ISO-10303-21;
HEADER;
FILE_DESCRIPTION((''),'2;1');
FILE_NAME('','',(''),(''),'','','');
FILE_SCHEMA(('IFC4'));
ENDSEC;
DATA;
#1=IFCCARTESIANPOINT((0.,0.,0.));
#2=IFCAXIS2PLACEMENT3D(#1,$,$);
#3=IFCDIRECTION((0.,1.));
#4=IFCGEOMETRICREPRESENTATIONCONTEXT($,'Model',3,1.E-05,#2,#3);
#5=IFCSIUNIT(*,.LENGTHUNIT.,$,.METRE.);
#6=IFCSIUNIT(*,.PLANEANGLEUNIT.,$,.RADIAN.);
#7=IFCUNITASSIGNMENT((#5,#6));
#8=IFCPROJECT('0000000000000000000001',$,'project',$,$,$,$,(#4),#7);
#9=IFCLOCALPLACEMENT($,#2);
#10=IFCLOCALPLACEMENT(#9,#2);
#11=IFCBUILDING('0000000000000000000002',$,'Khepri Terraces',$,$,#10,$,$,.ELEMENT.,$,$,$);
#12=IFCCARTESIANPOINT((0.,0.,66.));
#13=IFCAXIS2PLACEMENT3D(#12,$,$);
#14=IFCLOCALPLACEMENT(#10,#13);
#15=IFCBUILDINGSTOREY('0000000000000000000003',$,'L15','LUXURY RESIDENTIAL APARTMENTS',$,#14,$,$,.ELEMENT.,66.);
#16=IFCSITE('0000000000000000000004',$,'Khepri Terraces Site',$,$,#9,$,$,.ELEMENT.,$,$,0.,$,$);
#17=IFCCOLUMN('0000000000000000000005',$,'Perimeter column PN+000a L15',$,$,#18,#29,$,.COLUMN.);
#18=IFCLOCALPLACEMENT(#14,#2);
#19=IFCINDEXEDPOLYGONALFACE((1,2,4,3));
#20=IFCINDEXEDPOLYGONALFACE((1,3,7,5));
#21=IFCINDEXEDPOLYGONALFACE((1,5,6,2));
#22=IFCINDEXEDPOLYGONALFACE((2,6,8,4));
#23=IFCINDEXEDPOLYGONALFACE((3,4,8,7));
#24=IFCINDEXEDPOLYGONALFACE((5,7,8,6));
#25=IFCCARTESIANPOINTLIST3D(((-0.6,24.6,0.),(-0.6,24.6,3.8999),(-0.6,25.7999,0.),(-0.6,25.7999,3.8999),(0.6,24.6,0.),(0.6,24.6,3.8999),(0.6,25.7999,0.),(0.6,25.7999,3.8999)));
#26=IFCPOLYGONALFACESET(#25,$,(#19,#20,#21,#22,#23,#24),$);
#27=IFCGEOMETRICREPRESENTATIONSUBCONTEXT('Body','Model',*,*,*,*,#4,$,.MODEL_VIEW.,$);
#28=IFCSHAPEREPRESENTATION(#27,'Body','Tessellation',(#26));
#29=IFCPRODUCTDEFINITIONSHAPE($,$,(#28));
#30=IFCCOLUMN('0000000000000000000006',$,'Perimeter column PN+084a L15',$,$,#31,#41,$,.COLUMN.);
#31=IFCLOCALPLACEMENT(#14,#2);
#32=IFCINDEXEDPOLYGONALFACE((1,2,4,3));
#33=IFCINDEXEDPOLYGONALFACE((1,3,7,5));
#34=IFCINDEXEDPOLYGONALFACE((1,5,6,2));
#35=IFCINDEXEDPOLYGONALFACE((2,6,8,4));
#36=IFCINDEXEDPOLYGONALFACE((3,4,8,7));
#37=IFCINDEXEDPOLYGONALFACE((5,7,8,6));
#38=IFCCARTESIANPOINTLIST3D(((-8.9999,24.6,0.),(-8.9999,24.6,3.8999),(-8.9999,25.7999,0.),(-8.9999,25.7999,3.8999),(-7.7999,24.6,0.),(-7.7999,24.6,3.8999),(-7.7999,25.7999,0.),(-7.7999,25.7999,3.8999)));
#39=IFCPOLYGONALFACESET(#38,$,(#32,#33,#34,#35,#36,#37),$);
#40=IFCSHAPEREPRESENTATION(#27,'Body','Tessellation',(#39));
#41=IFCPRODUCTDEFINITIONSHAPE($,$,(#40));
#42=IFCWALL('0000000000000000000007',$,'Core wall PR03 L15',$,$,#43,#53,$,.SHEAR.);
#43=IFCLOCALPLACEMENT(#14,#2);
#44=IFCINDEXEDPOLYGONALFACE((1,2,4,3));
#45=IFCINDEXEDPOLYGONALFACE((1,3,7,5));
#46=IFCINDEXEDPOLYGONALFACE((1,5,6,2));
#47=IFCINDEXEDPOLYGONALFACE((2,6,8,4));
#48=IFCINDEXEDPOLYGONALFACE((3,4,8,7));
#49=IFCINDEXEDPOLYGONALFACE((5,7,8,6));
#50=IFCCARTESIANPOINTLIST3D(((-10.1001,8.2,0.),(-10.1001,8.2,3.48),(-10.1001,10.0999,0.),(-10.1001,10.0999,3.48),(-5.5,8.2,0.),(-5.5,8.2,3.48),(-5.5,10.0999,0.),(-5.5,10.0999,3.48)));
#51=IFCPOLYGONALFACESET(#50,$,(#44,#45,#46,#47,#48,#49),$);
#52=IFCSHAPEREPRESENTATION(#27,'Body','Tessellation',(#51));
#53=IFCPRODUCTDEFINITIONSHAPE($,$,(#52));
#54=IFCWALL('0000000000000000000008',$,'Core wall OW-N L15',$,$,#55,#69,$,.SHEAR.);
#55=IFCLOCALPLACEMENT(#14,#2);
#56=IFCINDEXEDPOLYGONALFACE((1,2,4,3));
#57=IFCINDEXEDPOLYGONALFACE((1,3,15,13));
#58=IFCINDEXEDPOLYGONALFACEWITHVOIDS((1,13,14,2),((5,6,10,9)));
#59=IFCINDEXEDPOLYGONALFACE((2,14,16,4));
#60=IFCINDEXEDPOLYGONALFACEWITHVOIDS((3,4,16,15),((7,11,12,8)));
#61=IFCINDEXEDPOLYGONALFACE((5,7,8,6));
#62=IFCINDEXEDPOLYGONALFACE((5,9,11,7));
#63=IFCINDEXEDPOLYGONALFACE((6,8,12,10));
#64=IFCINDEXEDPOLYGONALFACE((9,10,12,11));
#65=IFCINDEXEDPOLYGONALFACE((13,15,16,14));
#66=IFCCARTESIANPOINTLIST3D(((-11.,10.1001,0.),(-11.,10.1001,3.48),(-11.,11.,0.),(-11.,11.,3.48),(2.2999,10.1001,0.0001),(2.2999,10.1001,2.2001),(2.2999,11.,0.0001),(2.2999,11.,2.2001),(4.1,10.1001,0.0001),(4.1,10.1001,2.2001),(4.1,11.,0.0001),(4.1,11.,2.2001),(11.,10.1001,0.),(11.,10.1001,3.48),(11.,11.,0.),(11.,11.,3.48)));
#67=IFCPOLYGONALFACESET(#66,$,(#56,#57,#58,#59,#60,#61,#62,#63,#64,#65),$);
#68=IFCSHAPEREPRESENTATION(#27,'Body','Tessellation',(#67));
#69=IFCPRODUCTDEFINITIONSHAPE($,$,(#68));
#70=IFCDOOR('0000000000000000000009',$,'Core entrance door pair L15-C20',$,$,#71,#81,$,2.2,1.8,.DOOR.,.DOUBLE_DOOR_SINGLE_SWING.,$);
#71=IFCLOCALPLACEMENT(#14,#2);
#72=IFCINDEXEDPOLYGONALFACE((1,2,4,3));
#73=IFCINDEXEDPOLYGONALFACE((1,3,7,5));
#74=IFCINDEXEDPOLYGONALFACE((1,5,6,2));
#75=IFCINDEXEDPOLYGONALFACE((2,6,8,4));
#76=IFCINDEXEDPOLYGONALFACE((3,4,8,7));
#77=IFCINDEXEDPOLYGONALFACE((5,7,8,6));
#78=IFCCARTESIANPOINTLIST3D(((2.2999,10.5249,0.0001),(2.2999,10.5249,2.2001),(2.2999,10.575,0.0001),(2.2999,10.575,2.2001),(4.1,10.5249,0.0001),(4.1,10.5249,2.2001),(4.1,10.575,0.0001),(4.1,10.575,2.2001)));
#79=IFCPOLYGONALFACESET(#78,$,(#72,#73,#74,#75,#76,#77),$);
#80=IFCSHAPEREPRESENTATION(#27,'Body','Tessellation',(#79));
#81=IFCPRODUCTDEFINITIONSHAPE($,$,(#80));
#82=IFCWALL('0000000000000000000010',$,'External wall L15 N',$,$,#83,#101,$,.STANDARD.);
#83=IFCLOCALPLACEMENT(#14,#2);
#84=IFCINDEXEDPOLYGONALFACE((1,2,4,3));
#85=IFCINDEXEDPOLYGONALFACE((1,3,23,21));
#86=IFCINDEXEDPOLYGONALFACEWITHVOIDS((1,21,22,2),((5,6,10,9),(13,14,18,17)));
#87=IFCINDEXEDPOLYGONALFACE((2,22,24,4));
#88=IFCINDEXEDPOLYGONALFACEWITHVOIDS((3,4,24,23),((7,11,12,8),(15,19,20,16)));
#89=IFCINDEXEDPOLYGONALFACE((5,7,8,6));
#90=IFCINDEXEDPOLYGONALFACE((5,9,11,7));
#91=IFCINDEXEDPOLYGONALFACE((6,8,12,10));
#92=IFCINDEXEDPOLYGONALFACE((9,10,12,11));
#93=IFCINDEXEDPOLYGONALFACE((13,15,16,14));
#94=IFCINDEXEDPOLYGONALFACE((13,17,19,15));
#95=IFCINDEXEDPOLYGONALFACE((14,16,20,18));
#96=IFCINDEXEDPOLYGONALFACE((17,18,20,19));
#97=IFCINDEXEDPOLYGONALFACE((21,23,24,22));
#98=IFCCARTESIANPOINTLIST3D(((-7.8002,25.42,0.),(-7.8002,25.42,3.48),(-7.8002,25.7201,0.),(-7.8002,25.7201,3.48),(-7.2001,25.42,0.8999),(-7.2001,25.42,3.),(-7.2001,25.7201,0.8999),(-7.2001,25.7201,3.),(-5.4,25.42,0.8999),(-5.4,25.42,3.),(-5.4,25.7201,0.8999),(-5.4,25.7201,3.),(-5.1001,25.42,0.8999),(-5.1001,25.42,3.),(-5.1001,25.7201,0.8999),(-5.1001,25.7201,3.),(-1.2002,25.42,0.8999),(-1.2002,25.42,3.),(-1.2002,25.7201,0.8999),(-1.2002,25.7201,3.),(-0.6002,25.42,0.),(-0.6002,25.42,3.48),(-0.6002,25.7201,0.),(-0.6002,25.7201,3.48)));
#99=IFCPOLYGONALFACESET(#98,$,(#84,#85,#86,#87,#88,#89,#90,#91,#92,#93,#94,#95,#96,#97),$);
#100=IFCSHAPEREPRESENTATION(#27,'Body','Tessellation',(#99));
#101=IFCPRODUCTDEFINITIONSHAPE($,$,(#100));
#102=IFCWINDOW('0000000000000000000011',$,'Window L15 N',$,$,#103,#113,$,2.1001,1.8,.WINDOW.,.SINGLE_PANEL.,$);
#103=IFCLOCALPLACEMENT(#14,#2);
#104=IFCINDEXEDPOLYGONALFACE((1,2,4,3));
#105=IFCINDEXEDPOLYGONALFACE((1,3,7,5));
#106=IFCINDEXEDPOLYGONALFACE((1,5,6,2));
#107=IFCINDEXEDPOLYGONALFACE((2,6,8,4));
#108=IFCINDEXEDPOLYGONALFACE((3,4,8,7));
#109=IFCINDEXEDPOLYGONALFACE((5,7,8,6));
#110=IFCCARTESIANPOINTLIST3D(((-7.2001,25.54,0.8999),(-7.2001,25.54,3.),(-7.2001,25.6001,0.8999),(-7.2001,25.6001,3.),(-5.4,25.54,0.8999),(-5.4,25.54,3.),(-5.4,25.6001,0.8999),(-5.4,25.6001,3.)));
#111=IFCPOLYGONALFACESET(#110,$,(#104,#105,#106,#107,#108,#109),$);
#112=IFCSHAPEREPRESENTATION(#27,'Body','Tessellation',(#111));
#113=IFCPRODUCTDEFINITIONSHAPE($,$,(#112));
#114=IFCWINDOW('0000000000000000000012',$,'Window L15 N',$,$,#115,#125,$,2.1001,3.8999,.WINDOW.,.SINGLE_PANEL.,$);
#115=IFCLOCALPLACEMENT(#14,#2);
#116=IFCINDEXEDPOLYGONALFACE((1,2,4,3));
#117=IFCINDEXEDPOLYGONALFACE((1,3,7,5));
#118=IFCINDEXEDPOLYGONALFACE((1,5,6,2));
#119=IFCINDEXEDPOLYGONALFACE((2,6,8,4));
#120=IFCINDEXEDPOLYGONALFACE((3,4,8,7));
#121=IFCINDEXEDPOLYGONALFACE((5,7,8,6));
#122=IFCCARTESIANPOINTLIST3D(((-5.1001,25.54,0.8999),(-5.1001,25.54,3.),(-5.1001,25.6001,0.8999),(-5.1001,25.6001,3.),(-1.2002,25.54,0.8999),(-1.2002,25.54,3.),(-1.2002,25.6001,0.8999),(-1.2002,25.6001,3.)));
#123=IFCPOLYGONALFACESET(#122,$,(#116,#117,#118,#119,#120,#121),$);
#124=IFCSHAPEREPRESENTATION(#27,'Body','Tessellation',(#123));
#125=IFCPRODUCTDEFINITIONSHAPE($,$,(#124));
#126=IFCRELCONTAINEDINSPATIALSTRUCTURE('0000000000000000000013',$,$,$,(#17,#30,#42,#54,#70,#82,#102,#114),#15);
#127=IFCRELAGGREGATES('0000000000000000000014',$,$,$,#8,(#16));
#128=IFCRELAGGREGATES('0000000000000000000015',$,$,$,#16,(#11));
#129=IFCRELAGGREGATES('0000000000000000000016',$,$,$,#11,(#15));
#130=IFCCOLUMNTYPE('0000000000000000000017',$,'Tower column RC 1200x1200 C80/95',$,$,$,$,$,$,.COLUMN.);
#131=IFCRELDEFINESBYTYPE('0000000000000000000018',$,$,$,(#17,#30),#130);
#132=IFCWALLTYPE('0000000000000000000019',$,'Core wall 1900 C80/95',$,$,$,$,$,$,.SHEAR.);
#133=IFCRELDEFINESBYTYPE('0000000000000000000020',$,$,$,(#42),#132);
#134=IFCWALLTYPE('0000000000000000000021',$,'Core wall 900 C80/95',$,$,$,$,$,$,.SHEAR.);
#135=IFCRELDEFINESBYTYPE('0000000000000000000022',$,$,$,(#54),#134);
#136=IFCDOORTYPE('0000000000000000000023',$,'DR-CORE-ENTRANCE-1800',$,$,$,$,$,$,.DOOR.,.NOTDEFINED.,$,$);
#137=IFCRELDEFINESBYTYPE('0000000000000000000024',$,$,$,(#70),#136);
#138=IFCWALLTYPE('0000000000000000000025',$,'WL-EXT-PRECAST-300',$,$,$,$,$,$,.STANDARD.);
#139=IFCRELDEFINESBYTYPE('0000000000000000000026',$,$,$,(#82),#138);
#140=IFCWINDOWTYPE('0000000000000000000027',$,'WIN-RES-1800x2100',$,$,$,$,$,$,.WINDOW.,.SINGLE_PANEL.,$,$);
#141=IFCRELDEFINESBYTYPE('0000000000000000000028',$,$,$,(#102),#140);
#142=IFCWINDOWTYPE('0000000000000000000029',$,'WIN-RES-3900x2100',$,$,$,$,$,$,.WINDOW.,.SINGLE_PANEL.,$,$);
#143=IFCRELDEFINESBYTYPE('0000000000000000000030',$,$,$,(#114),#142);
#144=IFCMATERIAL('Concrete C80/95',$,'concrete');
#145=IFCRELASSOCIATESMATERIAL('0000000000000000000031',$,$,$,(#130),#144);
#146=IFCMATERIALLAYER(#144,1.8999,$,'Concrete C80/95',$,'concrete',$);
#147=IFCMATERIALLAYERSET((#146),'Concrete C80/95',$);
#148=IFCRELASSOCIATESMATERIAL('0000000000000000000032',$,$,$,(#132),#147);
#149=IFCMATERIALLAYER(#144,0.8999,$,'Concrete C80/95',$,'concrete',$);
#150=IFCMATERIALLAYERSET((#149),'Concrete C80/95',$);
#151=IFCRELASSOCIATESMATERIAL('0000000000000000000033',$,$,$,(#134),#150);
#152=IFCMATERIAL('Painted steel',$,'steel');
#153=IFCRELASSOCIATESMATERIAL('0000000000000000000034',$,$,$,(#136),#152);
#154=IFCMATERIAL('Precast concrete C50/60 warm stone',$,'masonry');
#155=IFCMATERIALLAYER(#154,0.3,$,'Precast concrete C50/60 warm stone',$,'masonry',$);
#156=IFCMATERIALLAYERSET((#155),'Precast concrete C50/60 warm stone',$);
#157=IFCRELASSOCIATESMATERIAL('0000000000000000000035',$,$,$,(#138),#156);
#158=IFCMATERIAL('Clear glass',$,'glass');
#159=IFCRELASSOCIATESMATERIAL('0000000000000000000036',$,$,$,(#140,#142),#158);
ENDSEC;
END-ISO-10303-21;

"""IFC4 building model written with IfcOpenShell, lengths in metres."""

from ifc_helpers import new_model, si_unit, direction, frame, frame_2d, origin, origin_2d, place, context, subcontext, project, spatial, rectangle, extrude, material, layer, layer_set, material_profile, profile_set, type_object, element, fill, save


model = new_model("IFC4")

# Units and contexts
model_context = context("Model", 3, precision=1e-05, world=origin(), true_north=direction((0.0, 1.0)))
body_context = subcontext(model_context, "Body", "Model", "MODEL_VIEW")
ifc_project = project(units=[si_unit("LENGTHUNIT", "METRE"), si_unit("PLANEANGLEUNIT", "RADIAN")], contexts=[model_context])

# Site, building, storey
site_placement = place(None, origin())
site = spatial("IfcSite", under=ifc_project, at=site_placement, Name="Khepri Terraces Site", CompositionType="ELEMENT", RefElevation=0.0)
building_placement = place(site_placement, origin())
building = spatial("IfcBuilding", under=site, at=building_placement, Name="Khepri Terraces", CompositionType="ELEMENT")
storey_placement = place(building_placement, frame((0.0, 0.0, 66.0)))
storey = spatial("IfcBuildingStorey", under=building, at=storey_placement, Name="L15", Description="LUXURY RESIDENTIAL APARTMENTS", CompositionType="ELEMENT", Elevation=66.0)

# Columns
ifc_material_1 = material(Name="Concrete C80/95", Category="concrete")
ifc_material_profile = material_profile(ifc_material_1, rectangle(XDim=1.2, YDim=1.2, at=origin_2d()), Name="Concrete C80/95", Category="concrete")
ifc_profile_set = profile_set([ifc_material_profile], Name="Concrete C80/95")
column_type = type_object("IfcColumnType", Name="Tower column RC 1200x1200 C80/95", PredefinedType="COLUMN", material=ifc_profile_set)
for number, where, z_axis, x_axis, name in (
    (1, (0.0, 25.2, 0.0), (0.0, 0.0, 1.0), (1.0, 0.0, 0.0), "Perimeter column PN+000a L15"),
    (2, (-8.3999, 25.2, 0.0), (0.0, 0.0, 1.0), (1.0, 0.0, 0.0), "Perimeter column PN+084a L15"),
):
    element("IfcColumn", number, at=place(storey_placement, frame(where, z_axis=z_axis, x_axis=x_axis)), inside=storey, type_object=column_type, Name=name, PredefinedType="COLUMN", context=body_context, shape_type="SweptSolid", body=[
        extrude(rectangle(XDim=1.2, YDim=1.2, at=origin_2d()), origin(), (0.0, 0.0, 1.0), 3.8999),
    ])

# Wall
ifc_layer_1 = layer(ifc_material_1, 1.8999, Name="Concrete C80/95", Category="concrete")
ifc_layer_set_1 = layer_set([ifc_layer_1], Name="Concrete C80/95")
wall_type_1 = type_object("IfcWallType", Name="Core wall 1900 C80/95", PredefinedType="SHEAR", material=ifc_layer_set_1)
wall_1_placement = place(storey_placement, frame((-10.1001, 9.1499, 0.0), z_axis=(0.0, 0.0, 1.0), x_axis=(1.0, 0.0, 0.0)))
element("IfcWall", 3, at=wall_1_placement, inside=storey, type_object=wall_type_1, Name="Core wall PR03 L15", PredefinedType="SHEAR", context=body_context, shape_type="SweptSolid", body=[
    extrude(rectangle(XDim=4.6001, YDim=1.8999, at=frame_2d((2.3, 0.0))), origin(), (0.0, 0.0, 1.0), 3.48),
])

# Wall, opening, door
ifc_layer_2 = layer(ifc_material_1, 0.8999, Name="Concrete C80/95", Category="concrete")
ifc_layer_set_2 = layer_set([ifc_layer_2], Name="Concrete C80/95")
wall_type_2 = type_object("IfcWallType", Name="Core wall 900 C80/95", PredefinedType="SHEAR", material=ifc_layer_set_2)
wall_2_placement = place(storey_placement, frame((-11.0, 10.55, 0.0), z_axis=(0.0, 0.0, 1.0), x_axis=(1.0, 0.0, 0.0)))
wall_2 = element("IfcWall", 4, at=wall_2_placement, inside=storey, type_object=wall_type_2, Name="Core wall OW-N L15", PredefinedType="SHEAR", context=body_context, shape_type="SweptSolid", body=[
    extrude(rectangle(XDim=22.0, YDim=0.8999, at=frame_2d((11.0, 0.0))), origin(), (0.0, 0.0, 1.0), 3.48),
])
opening_1_placement = place(wall_2_placement, frame((13.3, 0.0, 0.0)))
opening_1 = element("IfcOpeningElement", 5, at=opening_1_placement, cuts=wall_2, PredefinedType="OPENING", context=body_context, shape_type="SweptSolid", body=[
    extrude(rectangle(XDim=1.8, YDim=2.2, at=frame_2d((0.8999, 1.1001))), frame((0.0, 0.46, 0.0), z_axis=(0.0, -1.0, 0.0), x_axis=(1.0, 0.0, 0.0)), (0.0, 0.0, 1.0), 0.9199),
])
ifc_material_2 = material(Name="Painted steel", Category="steel")
door_type_1 = type_object("IfcDoorType", Name="DR-CORE-ENTRANCE-1800", OperationType="NOTDEFINED", PredefinedType="DOOR", material=ifc_material_2)
door_1_placement = place(opening_1_placement, origin())
door_1 = element("IfcDoor", 6, at=door_1_placement, inside=storey, type_object=door_type_1, Name="Core entrance door pair L15-C20", OperationType="DOUBLE_DOOR_SINGLE_SWING", OverallHeight=2.2, OverallWidth=1.8, PredefinedType="DOOR", context=body_context, shape_type="SweptSolid", body=[
    extrude(rectangle(XDim=1.8, YDim=2.2, at=frame_2d((0.8999, 1.1001))), frame((0.0, 0.0249, 0.0), z_axis=(0.0, -1.0, 0.0), x_axis=(1.0, 0.0, 0.0)), (0.0, 0.0, 1.0), 0.05),
])
fill(opening_1, door_1)

# Wall, openings, windows
ifc_material_3 = material(Name="Precast concrete C50/60 warm stone", Category="masonry")
ifc_layer_3 = layer(ifc_material_3, 0.3, Name="Precast concrete C50/60 warm stone", Category="masonry")
ifc_layer_set_3 = layer_set([ifc_layer_3], Name="Precast concrete C50/60 warm stone")
wall_type_3 = type_object("IfcWallType", Name="WL-EXT-PRECAST-300", PredefinedType="STANDARD", material=ifc_layer_set_3)
wall_3_placement = place(storey_placement, frame((-0.6001, 25.5701, 0.0), z_axis=(0.0, 0.0, 1.0), x_axis=(-1.0, 0.0, 0.0)))
wall_3 = element("IfcWall", 7, at=wall_3_placement, inside=storey, type_object=wall_type_3, Name="External wall L15 N", PredefinedType="STANDARD", context=body_context, shape_type="SweptSolid", body=[
    extrude(rectangle(XDim=7.2, YDim=0.3, at=frame_2d((3.6001, 0.0))), origin(), (0.0, 0.0, 1.0), 3.48),
])
opening_2_placement = place(wall_3_placement, frame((0.6001, 0.0, 0.8999)))
opening_2 = element("IfcOpeningElement", 8, at=opening_2_placement, cuts=wall_3, PredefinedType="OPENING", context=body_context, shape_type="SweptSolid", body=[
    extrude(rectangle(XDim=3.8999, YDim=2.1001, at=frame_2d((1.95, 1.05))), frame((0.0, 0.1602, 0.0), z_axis=(0.0, -1.0, 0.0), x_axis=(1.0, 0.0, 0.0)), (0.0, 0.0, 1.0), 0.3201),
])
opening_3_placement = place(wall_3_placement, frame((4.8, 0.0, 0.8999)))
opening_3 = element("IfcOpeningElement", 9, at=opening_3_placement, cuts=wall_3, PredefinedType="OPENING", context=body_context, shape_type="SweptSolid", body=[
    extrude(rectangle(XDim=1.8, YDim=2.1001, at=frame_2d((0.8999, 1.05))), frame((0.0, 0.1602, 0.0), z_axis=(0.0, -1.0, 0.0), x_axis=(1.0, 0.0, 0.0)), (0.0, 0.0, 1.0), 0.3201),
])
ifc_material_4 = material(Name="Clear glass", Category="glass")
window_type_1 = type_object("IfcWindowType", Name="WIN-RES-1800x2100", PartitioningType="SINGLE_PANEL", PredefinedType="WINDOW", material=ifc_material_4)
window_1_placement = place(opening_3_placement, origin())
window_1 = element("IfcWindow", 10, at=window_1_placement, inside=storey, type_object=window_type_1, Name="Window L15 N", OverallHeight=2.1001, OverallWidth=1.8, PartitioningType="SINGLE_PANEL", PredefinedType="WINDOW", context=body_context, shape_type="SweptSolid", body=[
    extrude(rectangle(XDim=1.8, YDim=2.1001, at=frame_2d((0.8999, 1.05))), frame((0.0, 0.03, 0.0), z_axis=(0.0, -1.0, 0.0), x_axis=(1.0, 0.0, 0.0)), (0.0, 0.0, 1.0), 0.0601),
])
fill(opening_3, window_1)
window_type_2 = type_object("IfcWindowType", Name="WIN-RES-3900x2100", PartitioningType="SINGLE_PANEL", PredefinedType="WINDOW", material=ifc_material_4)
window_2_placement = place(opening_2_placement, origin())
window_2 = element("IfcWindow", 11, at=window_2_placement, inside=storey, type_object=window_type_2, Name="Window L15 N", OverallHeight=2.1001, OverallWidth=3.8999, PartitioningType="SINGLE_PANEL", PredefinedType="WINDOW", context=body_context, shape_type="SweptSolid", body=[
    extrude(rectangle(XDim=3.8999, YDim=2.1001, at=frame_2d((1.95, 1.05))), frame((0.0, 0.03, 0.0), z_axis=(0.0, -1.0, 0.0), x_axis=(1.0, 0.0, 0.0)), (0.0, 0.0, 1.0), 0.0601),
])
fill(opening_2, window_2)

save(model, "model.ifc")
